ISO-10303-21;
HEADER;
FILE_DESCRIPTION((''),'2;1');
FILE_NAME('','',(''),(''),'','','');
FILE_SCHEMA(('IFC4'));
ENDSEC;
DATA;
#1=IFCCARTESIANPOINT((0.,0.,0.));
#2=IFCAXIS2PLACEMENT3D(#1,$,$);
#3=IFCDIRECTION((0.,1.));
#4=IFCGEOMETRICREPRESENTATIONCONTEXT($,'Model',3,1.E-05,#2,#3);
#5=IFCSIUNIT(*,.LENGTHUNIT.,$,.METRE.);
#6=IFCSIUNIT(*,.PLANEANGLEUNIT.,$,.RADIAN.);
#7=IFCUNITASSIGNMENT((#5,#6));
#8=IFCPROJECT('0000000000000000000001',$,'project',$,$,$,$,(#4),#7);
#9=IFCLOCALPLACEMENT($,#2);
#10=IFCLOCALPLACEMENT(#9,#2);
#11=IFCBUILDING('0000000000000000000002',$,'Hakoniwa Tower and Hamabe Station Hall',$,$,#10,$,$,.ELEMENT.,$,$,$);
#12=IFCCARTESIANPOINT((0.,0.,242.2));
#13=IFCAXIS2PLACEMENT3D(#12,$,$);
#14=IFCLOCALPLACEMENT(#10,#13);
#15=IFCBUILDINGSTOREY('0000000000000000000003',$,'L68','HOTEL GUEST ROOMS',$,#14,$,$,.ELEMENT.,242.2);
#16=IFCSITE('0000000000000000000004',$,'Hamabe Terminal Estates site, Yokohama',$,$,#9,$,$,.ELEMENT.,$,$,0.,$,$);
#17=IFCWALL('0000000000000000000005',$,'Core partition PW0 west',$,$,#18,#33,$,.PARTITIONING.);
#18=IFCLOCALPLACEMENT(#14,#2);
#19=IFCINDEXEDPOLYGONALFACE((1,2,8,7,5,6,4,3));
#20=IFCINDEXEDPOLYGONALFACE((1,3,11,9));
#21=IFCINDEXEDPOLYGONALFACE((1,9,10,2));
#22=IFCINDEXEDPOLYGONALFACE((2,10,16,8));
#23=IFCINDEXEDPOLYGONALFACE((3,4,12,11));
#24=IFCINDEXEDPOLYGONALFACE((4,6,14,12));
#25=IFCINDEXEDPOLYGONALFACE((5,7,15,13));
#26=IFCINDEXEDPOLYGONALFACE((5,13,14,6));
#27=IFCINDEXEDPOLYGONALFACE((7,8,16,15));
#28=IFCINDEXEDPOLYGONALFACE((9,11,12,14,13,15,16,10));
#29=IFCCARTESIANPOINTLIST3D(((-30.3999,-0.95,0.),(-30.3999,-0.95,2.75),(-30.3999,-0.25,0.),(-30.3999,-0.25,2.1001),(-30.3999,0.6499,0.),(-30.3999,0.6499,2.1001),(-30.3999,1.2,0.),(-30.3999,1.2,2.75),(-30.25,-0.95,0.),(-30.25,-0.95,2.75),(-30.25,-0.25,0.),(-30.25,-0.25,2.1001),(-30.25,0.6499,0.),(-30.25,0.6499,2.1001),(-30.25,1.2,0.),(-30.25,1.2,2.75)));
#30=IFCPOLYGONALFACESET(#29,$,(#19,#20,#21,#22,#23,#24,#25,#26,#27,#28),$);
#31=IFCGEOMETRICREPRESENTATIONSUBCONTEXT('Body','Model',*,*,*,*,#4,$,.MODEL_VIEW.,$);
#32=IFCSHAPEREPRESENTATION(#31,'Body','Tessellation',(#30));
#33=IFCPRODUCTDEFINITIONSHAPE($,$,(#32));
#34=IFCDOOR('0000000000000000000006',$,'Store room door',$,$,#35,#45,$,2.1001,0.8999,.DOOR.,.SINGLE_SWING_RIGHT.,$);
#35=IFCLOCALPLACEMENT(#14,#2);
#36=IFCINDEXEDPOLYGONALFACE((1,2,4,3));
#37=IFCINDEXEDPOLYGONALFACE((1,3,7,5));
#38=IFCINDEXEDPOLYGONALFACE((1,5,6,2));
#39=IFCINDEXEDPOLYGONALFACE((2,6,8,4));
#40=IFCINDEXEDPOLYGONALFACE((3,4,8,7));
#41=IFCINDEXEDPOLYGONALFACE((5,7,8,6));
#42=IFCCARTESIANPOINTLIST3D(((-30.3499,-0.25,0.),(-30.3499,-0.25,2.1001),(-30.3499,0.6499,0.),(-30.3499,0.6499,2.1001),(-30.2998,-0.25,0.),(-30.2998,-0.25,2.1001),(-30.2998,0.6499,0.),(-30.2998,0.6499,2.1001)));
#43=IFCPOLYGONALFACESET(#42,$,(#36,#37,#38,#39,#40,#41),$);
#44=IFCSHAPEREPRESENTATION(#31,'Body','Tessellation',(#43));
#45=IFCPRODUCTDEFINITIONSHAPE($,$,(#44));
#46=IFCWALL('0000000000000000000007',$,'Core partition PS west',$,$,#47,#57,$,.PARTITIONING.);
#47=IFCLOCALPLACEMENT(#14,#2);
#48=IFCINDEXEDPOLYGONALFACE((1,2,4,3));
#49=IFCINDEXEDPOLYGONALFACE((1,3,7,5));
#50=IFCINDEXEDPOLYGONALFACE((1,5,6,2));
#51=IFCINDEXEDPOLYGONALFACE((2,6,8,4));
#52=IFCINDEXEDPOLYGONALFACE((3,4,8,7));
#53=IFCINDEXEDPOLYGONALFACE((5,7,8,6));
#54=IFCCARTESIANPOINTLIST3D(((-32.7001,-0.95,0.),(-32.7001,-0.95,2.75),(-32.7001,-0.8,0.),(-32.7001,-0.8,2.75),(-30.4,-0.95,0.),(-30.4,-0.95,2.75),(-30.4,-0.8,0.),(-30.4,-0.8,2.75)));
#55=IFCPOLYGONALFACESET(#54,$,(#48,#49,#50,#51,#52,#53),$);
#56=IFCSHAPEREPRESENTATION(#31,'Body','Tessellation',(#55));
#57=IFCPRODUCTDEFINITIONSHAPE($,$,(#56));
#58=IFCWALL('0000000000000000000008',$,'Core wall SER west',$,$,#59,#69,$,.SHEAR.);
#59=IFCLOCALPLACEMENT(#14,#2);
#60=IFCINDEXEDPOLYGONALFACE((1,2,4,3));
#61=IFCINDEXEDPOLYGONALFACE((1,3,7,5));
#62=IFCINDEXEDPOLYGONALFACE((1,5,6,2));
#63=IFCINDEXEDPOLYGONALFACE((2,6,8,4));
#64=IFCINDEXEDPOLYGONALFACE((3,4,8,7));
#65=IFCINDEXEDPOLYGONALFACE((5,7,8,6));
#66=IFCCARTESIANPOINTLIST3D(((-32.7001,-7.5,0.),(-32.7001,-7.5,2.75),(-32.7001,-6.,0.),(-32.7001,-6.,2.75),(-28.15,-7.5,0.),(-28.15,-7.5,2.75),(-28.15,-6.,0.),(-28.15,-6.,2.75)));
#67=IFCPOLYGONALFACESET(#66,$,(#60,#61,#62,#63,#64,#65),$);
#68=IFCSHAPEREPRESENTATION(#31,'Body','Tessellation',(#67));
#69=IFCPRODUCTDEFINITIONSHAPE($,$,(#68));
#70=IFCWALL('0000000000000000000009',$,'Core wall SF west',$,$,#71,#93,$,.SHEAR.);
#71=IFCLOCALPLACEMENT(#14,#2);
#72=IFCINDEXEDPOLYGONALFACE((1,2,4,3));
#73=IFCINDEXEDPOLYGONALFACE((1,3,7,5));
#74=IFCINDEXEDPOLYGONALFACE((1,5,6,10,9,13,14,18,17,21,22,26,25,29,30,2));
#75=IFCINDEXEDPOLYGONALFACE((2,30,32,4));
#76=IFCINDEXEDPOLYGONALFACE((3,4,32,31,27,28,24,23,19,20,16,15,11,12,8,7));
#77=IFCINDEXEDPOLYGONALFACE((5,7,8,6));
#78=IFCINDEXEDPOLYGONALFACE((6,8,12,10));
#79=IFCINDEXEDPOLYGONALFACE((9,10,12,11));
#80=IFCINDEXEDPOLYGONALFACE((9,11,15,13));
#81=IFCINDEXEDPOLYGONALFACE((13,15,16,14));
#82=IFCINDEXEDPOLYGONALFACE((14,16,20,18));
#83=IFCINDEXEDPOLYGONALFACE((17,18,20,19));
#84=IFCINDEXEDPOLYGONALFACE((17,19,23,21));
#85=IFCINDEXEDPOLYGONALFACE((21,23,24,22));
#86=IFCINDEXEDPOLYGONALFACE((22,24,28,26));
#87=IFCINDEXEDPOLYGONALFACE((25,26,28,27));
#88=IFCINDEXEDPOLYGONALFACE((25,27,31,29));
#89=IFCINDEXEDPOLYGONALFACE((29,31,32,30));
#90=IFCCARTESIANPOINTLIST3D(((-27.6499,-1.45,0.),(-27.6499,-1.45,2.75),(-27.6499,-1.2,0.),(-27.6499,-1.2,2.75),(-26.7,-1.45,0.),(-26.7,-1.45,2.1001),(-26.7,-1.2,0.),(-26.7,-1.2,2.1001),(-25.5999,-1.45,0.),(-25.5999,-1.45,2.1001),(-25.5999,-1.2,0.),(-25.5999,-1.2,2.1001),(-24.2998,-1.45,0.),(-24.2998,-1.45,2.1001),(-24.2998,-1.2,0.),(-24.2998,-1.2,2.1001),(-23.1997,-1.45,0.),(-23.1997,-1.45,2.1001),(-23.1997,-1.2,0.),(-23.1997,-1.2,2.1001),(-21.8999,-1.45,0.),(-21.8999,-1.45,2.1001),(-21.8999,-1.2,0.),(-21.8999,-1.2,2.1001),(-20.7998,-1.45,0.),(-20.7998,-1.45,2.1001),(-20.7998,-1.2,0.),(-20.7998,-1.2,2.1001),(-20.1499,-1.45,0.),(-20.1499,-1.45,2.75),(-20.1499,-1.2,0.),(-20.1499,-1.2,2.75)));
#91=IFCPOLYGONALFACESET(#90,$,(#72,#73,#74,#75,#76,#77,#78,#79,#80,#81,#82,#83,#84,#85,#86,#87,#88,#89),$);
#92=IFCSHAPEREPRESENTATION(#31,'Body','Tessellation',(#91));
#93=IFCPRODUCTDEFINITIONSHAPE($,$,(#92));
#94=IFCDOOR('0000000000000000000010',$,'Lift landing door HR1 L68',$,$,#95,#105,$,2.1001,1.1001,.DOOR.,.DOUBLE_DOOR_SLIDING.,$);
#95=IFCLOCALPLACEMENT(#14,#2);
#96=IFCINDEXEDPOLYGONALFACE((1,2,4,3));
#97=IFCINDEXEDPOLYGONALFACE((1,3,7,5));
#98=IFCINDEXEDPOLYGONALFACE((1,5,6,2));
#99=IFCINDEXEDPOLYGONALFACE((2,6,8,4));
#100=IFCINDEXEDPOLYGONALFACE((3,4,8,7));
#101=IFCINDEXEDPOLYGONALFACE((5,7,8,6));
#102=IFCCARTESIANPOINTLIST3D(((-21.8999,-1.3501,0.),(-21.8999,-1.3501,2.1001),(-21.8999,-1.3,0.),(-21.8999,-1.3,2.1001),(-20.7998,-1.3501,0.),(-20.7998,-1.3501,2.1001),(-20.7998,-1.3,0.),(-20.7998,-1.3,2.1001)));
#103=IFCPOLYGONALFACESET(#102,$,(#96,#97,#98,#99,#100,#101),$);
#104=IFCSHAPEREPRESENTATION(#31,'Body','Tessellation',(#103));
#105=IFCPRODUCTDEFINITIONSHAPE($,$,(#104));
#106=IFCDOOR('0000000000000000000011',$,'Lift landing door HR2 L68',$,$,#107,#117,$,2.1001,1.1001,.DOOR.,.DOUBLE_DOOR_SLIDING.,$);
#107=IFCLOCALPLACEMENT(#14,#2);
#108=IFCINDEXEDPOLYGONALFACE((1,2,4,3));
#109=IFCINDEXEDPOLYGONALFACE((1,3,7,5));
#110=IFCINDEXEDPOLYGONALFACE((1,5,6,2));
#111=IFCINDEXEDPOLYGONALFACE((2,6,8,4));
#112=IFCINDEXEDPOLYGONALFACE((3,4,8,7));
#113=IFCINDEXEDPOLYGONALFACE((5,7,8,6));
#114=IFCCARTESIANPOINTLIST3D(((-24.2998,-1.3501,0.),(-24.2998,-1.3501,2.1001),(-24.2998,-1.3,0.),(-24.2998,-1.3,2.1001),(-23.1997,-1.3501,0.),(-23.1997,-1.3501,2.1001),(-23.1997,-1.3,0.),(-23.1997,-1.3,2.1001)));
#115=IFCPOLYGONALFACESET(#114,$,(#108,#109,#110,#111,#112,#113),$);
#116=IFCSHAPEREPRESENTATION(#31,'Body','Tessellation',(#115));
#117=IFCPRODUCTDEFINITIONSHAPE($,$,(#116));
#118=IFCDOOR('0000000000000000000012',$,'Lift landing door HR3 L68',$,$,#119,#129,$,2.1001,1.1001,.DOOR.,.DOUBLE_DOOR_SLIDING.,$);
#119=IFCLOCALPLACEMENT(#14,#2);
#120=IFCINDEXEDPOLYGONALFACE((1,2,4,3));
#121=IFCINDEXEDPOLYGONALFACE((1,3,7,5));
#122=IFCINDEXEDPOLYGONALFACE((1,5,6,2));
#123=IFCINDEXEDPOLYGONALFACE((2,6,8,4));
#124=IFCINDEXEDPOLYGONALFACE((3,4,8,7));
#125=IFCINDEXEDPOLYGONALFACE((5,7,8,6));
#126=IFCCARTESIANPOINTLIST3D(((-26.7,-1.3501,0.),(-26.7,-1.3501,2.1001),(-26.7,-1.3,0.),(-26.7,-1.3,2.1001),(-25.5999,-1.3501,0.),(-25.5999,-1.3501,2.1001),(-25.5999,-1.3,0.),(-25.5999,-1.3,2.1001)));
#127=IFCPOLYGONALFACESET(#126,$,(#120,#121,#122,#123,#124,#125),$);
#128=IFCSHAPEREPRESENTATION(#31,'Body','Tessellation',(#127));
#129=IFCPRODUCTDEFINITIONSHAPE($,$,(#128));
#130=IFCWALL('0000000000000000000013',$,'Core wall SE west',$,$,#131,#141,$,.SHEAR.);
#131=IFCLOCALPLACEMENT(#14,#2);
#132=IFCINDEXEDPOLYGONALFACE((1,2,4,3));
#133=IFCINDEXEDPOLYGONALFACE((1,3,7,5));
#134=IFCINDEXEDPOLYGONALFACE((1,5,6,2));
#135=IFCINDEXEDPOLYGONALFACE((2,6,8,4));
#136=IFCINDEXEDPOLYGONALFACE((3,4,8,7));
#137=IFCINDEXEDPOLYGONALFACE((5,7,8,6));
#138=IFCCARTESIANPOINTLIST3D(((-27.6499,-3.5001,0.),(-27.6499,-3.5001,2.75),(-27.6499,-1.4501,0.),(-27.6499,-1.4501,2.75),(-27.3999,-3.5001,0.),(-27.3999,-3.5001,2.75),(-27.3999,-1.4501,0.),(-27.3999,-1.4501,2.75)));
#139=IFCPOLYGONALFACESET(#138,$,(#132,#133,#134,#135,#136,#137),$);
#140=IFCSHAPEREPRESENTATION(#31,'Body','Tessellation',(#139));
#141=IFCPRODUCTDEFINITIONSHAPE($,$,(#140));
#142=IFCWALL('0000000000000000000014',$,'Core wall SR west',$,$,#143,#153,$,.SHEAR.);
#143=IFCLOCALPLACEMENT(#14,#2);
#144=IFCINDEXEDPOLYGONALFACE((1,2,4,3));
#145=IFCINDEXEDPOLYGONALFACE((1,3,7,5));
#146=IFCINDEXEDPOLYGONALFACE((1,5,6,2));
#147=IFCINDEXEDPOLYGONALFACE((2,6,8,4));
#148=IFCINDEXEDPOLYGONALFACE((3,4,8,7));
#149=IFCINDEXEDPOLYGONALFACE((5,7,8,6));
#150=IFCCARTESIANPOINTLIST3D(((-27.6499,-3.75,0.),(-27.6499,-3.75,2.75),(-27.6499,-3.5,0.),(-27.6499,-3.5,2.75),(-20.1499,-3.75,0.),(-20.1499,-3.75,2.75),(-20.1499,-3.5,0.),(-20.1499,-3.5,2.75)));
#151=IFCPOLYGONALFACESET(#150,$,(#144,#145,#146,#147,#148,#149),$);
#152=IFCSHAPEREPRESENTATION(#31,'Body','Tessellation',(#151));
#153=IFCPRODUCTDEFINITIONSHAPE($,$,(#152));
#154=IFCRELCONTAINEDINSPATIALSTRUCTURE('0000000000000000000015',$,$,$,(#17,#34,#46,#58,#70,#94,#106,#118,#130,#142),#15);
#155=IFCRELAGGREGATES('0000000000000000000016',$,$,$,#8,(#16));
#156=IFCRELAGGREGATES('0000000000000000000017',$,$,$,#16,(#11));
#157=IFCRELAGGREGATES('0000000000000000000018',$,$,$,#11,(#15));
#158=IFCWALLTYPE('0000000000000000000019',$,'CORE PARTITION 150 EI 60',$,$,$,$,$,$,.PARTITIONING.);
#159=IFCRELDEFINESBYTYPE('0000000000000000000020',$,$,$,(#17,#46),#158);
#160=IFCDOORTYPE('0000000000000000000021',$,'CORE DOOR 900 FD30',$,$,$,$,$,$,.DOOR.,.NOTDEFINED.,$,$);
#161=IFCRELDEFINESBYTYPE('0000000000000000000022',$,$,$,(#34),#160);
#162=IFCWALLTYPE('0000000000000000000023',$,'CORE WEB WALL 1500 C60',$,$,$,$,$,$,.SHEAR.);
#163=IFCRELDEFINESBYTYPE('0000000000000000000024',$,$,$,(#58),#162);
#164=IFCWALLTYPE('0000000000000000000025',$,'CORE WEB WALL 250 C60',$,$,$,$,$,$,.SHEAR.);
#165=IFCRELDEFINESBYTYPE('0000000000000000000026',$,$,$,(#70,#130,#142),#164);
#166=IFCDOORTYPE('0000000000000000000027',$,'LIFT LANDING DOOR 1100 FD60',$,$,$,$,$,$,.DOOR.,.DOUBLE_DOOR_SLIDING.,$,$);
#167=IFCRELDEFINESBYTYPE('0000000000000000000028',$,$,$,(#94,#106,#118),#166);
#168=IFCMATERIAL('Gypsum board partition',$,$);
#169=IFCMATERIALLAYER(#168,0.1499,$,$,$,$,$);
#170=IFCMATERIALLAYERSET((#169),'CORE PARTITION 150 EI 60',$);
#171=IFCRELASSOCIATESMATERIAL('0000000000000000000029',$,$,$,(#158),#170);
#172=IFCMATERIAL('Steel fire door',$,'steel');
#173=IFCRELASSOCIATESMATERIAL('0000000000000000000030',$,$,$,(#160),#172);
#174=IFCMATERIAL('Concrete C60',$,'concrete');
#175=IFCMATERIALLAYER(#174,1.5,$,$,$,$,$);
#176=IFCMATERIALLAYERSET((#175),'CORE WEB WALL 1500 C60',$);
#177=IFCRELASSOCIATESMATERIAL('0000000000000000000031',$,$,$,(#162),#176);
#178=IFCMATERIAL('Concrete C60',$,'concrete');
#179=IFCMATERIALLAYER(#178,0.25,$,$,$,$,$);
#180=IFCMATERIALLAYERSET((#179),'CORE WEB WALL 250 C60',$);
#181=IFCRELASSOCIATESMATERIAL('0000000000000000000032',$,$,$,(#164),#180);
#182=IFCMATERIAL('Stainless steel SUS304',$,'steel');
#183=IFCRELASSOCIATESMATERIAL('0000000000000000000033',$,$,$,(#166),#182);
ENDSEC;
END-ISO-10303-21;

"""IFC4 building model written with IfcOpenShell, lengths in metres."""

from ifc_helpers import new_model, si_unit, direction, frame, frame_2d, origin, place, context, subcontext, project, spatial, rectangle, extrude, material, layer, layer_set, type_object, element, fill, save


model = new_model("IFC4")

# Units and contexts
model_context = context("Model", 3, precision=1e-05, world=origin(), true_north=direction((0.0, 1.0)))
body_context = subcontext(model_context, "Body", "Model", "MODEL_VIEW")
ifc_project = project(units=[si_unit("LENGTHUNIT", "METRE"), si_unit("PLANEANGLEUNIT", "RADIAN")], contexts=[model_context])

# Site, building, storey
site_placement = place(None, origin())
site = spatial("IfcSite", under=ifc_project, at=site_placement, Name="Hamabe Terminal Estates site, Yokohama", CompositionType="ELEMENT", RefElevation=0.0)
building_placement = place(site_placement, origin())
building = spatial("IfcBuilding", under=site, at=building_placement, Name="Hakoniwa Tower and Hamabe Station Hall", CompositionType="ELEMENT")
storey_placement = place(building_placement, frame((0.0, 0.0, 242.2)))
storey = spatial("IfcBuildingStorey", under=building, at=storey_placement, Name="L68", Description="HOTEL GUEST ROOMS", CompositionType="ELEMENT", Elevation=242.2)

# Wall, opening, door
ifc_material_1 = material(Name="Gypsum board partition")
ifc_layer_1 = layer(ifc_material_1, 0.1499)
ifc_layer_set_1 = layer_set([ifc_layer_1], Name="CORE PARTITION 150 EI 60")
wall_type_1 = type_object("IfcWallType", Name="CORE PARTITION 150 EI 60", PredefinedType="PARTITIONING", material=ifc_layer_set_1)
wall_1_placement = place(storey_placement, frame((-30.325, -0.95, 0.0), z_axis=(0.0, 0.0, 1.0), x_axis=(0.0, 1.0, 0.0)))
wall_1 = element("IfcWall", 1, at=wall_1_placement, inside=storey, type_object=wall_type_1, Name="Core partition PW0 west", PredefinedType="PARTITIONING", context=body_context, shape_type="SweptSolid", body=[
    extrude(rectangle(XDim=2.1499, YDim=0.1499, at=frame_2d((1.075, 0.0))), origin(), (0.0, 0.0, 1.0), 2.75),
])
opening_1_placement = place(wall_1_placement, frame((0.7, 0.0, 0.0)))
opening_1 = element("IfcOpeningElement", 2, at=opening_1_placement, cuts=wall_1, PredefinedType="OPENING", context=body_context, shape_type="SweptSolid", body=[
    extrude(rectangle(XDim=0.8999, YDim=2.1001, at=frame_2d((0.45, 1.05))), frame((0.0, 0.085, 0.0), z_axis=(0.0, -1.0, 0.0), x_axis=(1.0, 0.0, 0.0)), (0.0, 0.0, 1.0), 0.1699),
])
ifc_material_2 = material(Name="Steel fire door", Category="steel")
door_type_1 = type_object("IfcDoorType", Name="CORE DOOR 900 FD30", OperationType="NOTDEFINED", PredefinedType="DOOR", material=ifc_material_2)
door_1_placement = place(opening_1_placement, origin())
door_1 = element("IfcDoor", 3, at=door_1_placement, inside=storey, type_object=door_type_1, Name="Store room door", OperationType="SINGLE_SWING_RIGHT", OverallHeight=2.1001, OverallWidth=0.8999, PredefinedType="DOOR", context=body_context, shape_type="SweptSolid", body=[
    extrude(rectangle(XDim=0.8999, YDim=2.1001, at=frame_2d((0.45, 1.05))), frame((0.0, 0.0249, 0.0), z_axis=(0.0, -1.0, 0.0), x_axis=(1.0, 0.0, 0.0)), (0.0, 0.0, 1.0), 0.05),
])
fill(opening_1, door_1)

# Walls
wall_2_placement = place(storey_placement, frame((-32.7, -0.875, 0.0), z_axis=(0.0, 0.0, 1.0), x_axis=(1.0, 0.0, 0.0)))
element("IfcWall", 4, at=wall_2_placement, inside=storey, type_object=wall_type_1, Name="Core partition PS west", PredefinedType="PARTITIONING", context=body_context, shape_type="SweptSolid", body=[
    extrude(rectangle(XDim=2.3, YDim=0.1499, at=frame_2d((1.1499, 0.0))), origin(), (0.0, 0.0, 1.0), 2.75),
])
ifc_material_3 = material(Name="Concrete C60", Category="concrete")
ifc_layer_2 = layer(ifc_material_3, 1.5)
ifc_layer_set_2 = layer_set([ifc_layer_2], Name="CORE WEB WALL 1500 C60")
wall_type_2 = type_object("IfcWallType", Name="CORE WEB WALL 1500 C60", PredefinedType="SHEAR", material=ifc_layer_set_2)
wall_3_placement = place(storey_placement, frame((-32.7, -6.75, 0.0), z_axis=(0.0, 0.0, 1.0), x_axis=(1.0, 0.0, 0.0)))
element("IfcWall", 5, at=wall_3_placement, inside=storey, type_object=wall_type_2, Name="Core wall SER west", PredefinedType="SHEAR", context=body_context, shape_type="SweptSolid", body=[
    extrude(rectangle(XDim=4.55, YDim=1.5, at=frame_2d((2.2749, 0.0))), origin(), (0.0, 0.0, 1.0), 2.75),
])

# Wall, openings, doors
ifc_material_4 = material(Name="Concrete C60", Category="concrete")
ifc_layer_3 = layer(ifc_material_4, 0.25)
ifc_layer_set_3 = layer_set([ifc_layer_3], Name="CORE WEB WALL 250 C60")
wall_type_3 = type_object("IfcWallType", Name="CORE WEB WALL 250 C60", PredefinedType="SHEAR", material=ifc_layer_set_3)
wall_4_placement = place(storey_placement, frame((-27.6499, -1.325, 0.0), z_axis=(0.0, 0.0, 1.0), x_axis=(1.0, 0.0, 0.0)))
wall_4 = element("IfcWall", 6, at=wall_4_placement, inside=storey, type_object=wall_type_3, Name="Core wall SF west", PredefinedType="SHEAR", context=body_context, shape_type="SweptSolid", body=[
    extrude(rectangle(XDim=7.5, YDim=0.25, at=frame_2d((3.75, 0.0))), origin(), (0.0, 0.0, 1.0), 2.75),
])
opening_2_placement = place(wall_4_placement, frame((5.75, 0.0, 0.0)))
opening_2 = element("IfcOpeningElement", 7, at=opening_2_placement, cuts=wall_4, PredefinedType="OPENING", context=body_context, shape_type="SweptSolid", body=[
    extrude(rectangle(XDim=1.1001, YDim=2.1001, at=frame_2d((0.55, 1.05))), frame((0.0, 0.135, 0.0), z_axis=(0.0, -1.0, 0.0), x_axis=(1.0, 0.0, 0.0)), (0.0, 0.0, 1.0), 0.27),
])
opening_3_placement = place(wall_4_placement, frame((3.3501, 0.0, 0.0)))
opening_3 = element("IfcOpeningElement", 8, at=opening_3_placement, cuts=wall_4, PredefinedType="OPENING", context=body_context, shape_type="SweptSolid", body=[
    extrude(rectangle(XDim=1.1001, YDim=2.1001, at=frame_2d((0.55, 1.05))), frame((0.0, 0.135, 0.0), z_axis=(0.0, -1.0, 0.0), x_axis=(1.0, 0.0, 0.0)), (0.0, 0.0, 1.0), 0.27),
])
opening_4_placement = place(wall_4_placement, frame((0.95, 0.0, 0.0)))
opening_4 = element("IfcOpeningElement", 9, at=opening_4_placement, cuts=wall_4, PredefinedType="OPENING", context=body_context, shape_type="SweptSolid", body=[
    extrude(rectangle(XDim=1.1001, YDim=2.1001, at=frame_2d((0.55, 1.05))), frame((0.0, 0.135, 0.0), z_axis=(0.0, -1.0, 0.0), x_axis=(1.0, 0.0, 0.0)), (0.0, 0.0, 1.0), 0.27),
])
ifc_material_5 = material(Name="Stainless steel SUS304", Category="steel")
door_type_2 = type_object("IfcDoorType", Name="LIFT LANDING DOOR 1100 FD60", OperationType="DOUBLE_DOOR_SLIDING", PredefinedType="DOOR", material=ifc_material_5)
door_2_placement = place(opening_2_placement, origin())
door_2 = element("IfcDoor", 10, at=door_2_placement, inside=storey, type_object=door_type_2, Name="Lift landing door HR1 L68", OperationType="DOUBLE_DOOR_SLIDING", OverallHeight=2.1001, OverallWidth=1.1001, PredefinedType="DOOR", context=body_context, shape_type="SweptSolid", body=[
    extrude(rectangle(XDim=1.1001, YDim=2.1001, at=frame_2d((0.55, 1.05))), frame((0.0, 0.0249, 0.0), z_axis=(0.0, -1.0, 0.0), x_axis=(1.0, 0.0, 0.0)), (0.0, 0.0, 1.0), 0.05),
])
fill(opening_2, door_2)
door_3_placement = place(opening_3_placement, origin())
door_3 = element("IfcDoor", 11, at=door_3_placement, inside=storey, type_object=door_type_2, Name="Lift landing door HR2 L68", OperationType="DOUBLE_DOOR_SLIDING", OverallHeight=2.1001, OverallWidth=1.1001, PredefinedType="DOOR", context=body_context, shape_type="SweptSolid", body=[
    extrude(rectangle(XDim=1.1001, YDim=2.1001, at=frame_2d((0.55, 1.05))), frame((0.0, 0.0249, 0.0), z_axis=(0.0, -1.0, 0.0), x_axis=(1.0, 0.0, 0.0)), (0.0, 0.0, 1.0), 0.05),
])
fill(opening_3, door_3)
door_4_placement = place(opening_4_placement, origin())
door_4 = element("IfcDoor", 12, at=door_4_placement, inside=storey, type_object=door_type_2, Name="Lift landing door HR3 L68", OperationType="DOUBLE_DOOR_SLIDING", OverallHeight=2.1001, OverallWidth=1.1001, PredefinedType="DOOR", context=body_context, shape_type="SweptSolid", body=[
    extrude(rectangle(XDim=1.1001, YDim=2.1001, at=frame_2d((0.55, 1.05))), frame((0.0, 0.0249, 0.0), z_axis=(0.0, -1.0, 0.0), x_axis=(1.0, 0.0, 0.0)), (0.0, 0.0, 1.0), 0.05),
])
fill(opening_4, door_4)

# Walls
wall_5_placement = place(storey_placement, frame((-27.5249, -3.5, 0.0), z_axis=(0.0, 0.0, 1.0), x_axis=(0.0, 1.0, 0.0)))
element("IfcWall", 13, at=wall_5_placement, inside=storey, type_object=wall_type_3, Name="Core wall SE west", PredefinedType="SHEAR", context=body_context, shape_type="SweptSolid", body=[
    extrude(rectangle(XDim=2.05, YDim=0.25, at=frame_2d((1.0249, 0.0))), origin(), (0.0, 0.0, 1.0), 2.75),
])
wall_6_placement = place(storey_placement, frame((-27.6499, -3.625, 0.0), z_axis=(0.0, 0.0, 1.0), x_axis=(1.0, 0.0, 0.0)))
element("IfcWall", 14, at=wall_6_placement, inside=storey, type_object=wall_type_3, Name="Core wall SR west", PredefinedType="SHEAR", context=body_context, shape_type="SweptSolid", body=[
    extrude(rectangle(XDim=7.5, YDim=0.25, at=frame_2d((3.75, 0.0))), origin(), (0.0, 0.0, 1.0), 2.75),
])

save(model, "model.ifc")
